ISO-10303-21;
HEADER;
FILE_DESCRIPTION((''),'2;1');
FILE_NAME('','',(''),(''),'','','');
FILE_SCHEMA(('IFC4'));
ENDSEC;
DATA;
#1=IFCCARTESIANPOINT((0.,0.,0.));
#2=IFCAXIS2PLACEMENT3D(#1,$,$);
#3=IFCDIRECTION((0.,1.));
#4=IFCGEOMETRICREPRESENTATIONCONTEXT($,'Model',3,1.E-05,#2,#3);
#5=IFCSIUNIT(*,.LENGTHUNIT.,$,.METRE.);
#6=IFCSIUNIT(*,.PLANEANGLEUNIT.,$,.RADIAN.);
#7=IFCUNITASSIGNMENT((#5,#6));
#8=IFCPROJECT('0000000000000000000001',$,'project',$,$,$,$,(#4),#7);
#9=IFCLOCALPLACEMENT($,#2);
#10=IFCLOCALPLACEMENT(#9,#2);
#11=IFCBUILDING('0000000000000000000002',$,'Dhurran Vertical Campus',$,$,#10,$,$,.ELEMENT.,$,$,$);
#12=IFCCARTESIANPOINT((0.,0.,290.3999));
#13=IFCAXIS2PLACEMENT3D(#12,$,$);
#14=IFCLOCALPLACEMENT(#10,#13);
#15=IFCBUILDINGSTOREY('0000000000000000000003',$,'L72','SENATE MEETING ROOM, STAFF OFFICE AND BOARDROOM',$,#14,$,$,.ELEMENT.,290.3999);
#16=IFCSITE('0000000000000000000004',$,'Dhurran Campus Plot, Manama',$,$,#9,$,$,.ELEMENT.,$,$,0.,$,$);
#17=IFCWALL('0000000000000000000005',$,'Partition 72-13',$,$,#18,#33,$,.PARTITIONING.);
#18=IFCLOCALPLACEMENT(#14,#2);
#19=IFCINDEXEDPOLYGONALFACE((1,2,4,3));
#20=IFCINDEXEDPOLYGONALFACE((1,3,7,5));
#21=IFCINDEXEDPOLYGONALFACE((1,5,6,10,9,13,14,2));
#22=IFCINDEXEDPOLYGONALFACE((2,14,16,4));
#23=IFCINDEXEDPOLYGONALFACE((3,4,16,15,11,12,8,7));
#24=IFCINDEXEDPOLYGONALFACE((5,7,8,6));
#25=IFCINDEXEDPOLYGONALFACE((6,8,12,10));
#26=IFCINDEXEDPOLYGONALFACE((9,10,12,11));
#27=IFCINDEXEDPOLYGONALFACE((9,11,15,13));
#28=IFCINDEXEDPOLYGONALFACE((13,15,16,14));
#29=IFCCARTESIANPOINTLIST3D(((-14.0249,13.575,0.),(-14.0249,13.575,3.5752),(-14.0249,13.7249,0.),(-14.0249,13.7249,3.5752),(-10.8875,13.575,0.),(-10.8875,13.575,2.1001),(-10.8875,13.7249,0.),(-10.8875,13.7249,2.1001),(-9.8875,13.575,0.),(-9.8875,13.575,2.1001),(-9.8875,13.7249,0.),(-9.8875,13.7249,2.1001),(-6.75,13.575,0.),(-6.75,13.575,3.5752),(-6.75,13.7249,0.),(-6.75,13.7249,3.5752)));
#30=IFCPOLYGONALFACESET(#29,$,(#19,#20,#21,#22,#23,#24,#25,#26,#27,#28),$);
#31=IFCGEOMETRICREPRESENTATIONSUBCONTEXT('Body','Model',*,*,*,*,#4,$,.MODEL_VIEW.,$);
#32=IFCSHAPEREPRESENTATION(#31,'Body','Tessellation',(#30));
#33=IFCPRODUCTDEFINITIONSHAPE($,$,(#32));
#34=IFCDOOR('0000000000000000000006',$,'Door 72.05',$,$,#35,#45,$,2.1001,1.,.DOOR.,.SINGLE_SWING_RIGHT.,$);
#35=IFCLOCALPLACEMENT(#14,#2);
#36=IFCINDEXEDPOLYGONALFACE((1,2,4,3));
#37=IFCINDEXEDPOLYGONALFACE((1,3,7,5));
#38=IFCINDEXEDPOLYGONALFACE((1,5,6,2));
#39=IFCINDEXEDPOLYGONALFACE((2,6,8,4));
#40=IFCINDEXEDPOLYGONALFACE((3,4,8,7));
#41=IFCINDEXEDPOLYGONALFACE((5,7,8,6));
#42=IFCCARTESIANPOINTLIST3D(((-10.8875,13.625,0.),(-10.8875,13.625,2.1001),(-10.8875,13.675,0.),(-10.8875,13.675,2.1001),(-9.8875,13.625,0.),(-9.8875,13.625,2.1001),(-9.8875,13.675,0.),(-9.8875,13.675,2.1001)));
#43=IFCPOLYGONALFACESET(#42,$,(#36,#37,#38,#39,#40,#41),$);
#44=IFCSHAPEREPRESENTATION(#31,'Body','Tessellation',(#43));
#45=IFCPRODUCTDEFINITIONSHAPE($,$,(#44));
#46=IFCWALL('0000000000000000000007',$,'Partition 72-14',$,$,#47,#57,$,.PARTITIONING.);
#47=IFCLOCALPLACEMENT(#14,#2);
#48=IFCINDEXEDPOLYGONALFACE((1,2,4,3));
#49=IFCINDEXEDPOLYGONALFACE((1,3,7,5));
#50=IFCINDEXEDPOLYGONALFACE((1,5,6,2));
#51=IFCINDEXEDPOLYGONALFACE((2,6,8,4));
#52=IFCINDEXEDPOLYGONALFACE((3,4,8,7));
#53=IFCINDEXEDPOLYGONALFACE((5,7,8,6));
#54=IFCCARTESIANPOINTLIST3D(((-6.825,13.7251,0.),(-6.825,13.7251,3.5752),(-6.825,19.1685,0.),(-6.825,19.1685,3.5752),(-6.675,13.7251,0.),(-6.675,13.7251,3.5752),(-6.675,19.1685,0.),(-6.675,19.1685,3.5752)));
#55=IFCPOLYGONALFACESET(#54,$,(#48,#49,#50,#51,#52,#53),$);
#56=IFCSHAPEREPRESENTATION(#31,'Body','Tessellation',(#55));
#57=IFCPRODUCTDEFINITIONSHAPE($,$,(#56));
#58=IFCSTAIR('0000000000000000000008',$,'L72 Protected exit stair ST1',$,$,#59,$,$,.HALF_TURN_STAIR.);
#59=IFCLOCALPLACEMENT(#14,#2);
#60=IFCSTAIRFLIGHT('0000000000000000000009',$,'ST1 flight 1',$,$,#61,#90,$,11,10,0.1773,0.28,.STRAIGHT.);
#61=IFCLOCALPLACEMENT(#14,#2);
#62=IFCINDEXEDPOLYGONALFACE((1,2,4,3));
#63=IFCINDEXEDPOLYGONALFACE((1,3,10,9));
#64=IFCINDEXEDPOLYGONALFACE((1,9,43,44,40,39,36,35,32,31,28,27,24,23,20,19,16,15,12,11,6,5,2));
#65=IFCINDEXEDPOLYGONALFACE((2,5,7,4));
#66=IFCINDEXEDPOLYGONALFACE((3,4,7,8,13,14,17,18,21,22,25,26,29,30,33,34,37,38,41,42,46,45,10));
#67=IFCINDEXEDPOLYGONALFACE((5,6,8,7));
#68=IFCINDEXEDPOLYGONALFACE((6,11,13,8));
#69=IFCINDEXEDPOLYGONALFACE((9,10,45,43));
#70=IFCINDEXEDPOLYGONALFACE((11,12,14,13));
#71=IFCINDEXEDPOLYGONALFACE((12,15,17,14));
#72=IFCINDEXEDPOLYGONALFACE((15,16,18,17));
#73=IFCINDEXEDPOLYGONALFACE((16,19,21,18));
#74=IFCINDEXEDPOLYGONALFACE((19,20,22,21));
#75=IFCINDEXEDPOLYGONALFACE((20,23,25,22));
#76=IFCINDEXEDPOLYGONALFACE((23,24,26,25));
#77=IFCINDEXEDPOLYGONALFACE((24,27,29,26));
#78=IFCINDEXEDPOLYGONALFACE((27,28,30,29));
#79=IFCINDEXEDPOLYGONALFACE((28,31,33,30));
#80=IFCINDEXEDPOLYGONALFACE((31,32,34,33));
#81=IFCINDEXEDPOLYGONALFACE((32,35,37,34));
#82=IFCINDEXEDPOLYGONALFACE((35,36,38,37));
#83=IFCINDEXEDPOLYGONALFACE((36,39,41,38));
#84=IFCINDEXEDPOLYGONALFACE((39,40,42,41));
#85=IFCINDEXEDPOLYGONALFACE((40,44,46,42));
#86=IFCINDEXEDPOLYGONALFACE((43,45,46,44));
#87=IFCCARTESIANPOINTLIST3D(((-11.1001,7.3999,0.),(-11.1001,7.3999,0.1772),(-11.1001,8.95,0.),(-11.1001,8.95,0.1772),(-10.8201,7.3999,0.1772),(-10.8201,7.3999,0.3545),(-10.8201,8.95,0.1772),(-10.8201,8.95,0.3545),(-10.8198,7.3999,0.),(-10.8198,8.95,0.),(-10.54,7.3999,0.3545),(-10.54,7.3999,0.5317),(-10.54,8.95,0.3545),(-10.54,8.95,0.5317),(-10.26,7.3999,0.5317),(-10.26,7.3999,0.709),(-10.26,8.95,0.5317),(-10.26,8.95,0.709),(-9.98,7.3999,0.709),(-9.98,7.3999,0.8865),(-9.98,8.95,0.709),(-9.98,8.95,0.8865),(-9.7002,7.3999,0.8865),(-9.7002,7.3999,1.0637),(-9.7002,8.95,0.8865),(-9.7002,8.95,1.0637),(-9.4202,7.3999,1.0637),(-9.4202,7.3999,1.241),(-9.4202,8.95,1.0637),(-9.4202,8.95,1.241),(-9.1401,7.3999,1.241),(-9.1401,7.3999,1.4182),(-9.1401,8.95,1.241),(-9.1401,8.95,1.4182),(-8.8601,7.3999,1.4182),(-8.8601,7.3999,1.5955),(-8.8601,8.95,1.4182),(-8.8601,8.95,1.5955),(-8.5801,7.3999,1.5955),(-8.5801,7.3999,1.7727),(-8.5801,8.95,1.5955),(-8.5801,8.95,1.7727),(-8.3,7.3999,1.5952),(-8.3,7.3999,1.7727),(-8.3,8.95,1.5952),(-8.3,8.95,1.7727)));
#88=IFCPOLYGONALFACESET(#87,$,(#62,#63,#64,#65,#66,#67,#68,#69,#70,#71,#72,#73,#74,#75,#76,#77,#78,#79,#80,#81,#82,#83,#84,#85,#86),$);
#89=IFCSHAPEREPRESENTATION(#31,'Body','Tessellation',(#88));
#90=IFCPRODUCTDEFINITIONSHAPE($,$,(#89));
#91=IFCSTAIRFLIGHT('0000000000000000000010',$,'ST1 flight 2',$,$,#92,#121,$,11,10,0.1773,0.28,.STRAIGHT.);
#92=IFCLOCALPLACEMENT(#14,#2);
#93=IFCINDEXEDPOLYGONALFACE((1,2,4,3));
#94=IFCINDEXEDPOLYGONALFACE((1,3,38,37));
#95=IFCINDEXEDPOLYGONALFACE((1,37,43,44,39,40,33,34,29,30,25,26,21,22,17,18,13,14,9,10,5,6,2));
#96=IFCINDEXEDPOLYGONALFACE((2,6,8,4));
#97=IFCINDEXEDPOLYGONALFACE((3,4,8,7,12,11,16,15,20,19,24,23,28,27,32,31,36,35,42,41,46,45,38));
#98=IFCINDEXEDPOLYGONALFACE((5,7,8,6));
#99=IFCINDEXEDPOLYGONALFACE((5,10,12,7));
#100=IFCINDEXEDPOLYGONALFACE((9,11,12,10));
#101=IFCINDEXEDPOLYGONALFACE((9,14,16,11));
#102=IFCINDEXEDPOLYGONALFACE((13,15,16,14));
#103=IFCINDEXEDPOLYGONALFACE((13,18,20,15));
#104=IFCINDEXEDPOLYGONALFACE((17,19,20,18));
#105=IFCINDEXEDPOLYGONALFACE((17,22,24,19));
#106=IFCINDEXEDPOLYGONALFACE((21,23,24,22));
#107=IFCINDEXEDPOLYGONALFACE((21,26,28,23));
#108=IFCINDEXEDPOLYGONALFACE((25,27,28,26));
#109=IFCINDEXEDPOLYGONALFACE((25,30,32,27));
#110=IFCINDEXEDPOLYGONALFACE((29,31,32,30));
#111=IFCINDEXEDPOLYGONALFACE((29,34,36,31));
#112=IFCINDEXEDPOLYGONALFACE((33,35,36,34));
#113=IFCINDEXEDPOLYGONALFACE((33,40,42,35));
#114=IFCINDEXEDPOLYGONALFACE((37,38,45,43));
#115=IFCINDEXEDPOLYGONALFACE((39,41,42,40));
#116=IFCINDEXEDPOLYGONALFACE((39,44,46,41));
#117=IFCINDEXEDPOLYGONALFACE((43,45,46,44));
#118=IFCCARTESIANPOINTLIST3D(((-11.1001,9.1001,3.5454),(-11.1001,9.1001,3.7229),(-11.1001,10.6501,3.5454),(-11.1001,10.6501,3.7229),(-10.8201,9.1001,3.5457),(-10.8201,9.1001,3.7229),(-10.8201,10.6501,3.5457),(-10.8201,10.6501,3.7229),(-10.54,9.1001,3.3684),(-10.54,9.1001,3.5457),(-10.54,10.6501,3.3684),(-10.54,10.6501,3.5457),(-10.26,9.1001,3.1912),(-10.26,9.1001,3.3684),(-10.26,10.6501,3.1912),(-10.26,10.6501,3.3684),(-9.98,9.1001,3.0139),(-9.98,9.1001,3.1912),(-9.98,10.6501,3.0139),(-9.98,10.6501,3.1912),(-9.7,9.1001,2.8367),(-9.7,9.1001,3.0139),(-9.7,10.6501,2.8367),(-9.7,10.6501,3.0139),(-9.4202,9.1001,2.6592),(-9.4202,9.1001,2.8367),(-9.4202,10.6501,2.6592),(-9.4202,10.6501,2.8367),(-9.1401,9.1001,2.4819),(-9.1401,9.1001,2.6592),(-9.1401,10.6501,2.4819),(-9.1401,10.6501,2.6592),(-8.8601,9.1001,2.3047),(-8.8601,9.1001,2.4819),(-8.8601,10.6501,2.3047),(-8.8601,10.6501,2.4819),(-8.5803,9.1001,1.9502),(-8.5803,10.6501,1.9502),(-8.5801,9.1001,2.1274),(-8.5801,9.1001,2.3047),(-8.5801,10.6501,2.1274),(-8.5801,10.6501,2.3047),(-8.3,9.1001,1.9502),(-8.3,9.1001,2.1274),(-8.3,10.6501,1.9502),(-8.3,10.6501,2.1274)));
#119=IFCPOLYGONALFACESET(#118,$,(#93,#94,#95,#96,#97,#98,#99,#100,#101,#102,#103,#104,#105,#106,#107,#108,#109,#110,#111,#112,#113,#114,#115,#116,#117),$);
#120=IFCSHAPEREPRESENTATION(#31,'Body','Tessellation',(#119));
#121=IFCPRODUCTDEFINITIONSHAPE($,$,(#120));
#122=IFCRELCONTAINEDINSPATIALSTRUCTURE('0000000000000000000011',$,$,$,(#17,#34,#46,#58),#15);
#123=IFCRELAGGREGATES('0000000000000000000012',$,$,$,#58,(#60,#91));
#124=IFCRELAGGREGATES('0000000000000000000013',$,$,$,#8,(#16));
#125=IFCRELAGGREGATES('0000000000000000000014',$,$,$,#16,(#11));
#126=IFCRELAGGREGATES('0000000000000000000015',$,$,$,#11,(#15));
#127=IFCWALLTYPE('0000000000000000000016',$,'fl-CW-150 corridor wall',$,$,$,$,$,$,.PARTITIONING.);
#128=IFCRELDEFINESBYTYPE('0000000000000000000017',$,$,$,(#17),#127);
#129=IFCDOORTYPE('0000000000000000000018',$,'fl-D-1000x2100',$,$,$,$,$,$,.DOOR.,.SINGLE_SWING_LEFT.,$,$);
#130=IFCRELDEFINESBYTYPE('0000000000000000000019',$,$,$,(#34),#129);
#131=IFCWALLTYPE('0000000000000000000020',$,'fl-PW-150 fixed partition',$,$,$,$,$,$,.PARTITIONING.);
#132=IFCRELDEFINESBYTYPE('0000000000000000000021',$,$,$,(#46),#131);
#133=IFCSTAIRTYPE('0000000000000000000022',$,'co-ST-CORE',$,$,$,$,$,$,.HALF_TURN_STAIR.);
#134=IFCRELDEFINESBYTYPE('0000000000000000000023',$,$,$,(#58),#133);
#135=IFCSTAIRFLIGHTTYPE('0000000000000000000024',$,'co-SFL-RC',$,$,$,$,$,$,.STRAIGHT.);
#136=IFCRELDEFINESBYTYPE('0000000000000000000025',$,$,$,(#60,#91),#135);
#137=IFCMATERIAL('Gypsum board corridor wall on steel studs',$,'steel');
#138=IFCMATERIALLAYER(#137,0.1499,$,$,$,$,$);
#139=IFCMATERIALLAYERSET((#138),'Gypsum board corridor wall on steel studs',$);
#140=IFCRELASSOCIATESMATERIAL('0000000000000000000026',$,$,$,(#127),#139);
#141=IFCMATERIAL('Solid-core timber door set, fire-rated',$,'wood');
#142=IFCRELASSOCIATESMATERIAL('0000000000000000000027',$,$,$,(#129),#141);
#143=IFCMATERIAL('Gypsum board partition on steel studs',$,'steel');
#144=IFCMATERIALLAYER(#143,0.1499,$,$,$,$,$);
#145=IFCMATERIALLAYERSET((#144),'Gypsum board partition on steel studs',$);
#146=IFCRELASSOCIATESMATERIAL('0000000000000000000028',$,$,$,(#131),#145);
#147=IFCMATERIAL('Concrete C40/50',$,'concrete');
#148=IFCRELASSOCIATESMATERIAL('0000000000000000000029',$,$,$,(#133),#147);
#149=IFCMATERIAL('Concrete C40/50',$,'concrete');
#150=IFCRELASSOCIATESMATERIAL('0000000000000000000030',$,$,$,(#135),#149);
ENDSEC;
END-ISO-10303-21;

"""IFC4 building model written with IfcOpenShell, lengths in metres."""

from ifc_helpers import new_model, si_unit, direction, frame, frame_2d, origin, place, context, subcontext, project, spatial, polyline, rectangle, outline, extrude, material, layer, layer_set, type_object, element, fill, aggregate, save


model = new_model("IFC4")

# Units and contexts
model_context = context("Model", 3, precision=1e-05, world=origin(), true_north=direction((0.0, 1.0)))
body_context = subcontext(model_context, "Body", "Model", "MODEL_VIEW")
ifc_project = project(units=[si_unit("LENGTHUNIT", "METRE"), si_unit("PLANEANGLEUNIT", "RADIAN")], contexts=[model_context])

# Site, building, storey
site_placement = place(None, origin())
site = spatial("IfcSite", under=ifc_project, at=site_placement, Name="Dhurran Campus Plot, Manama", CompositionType="ELEMENT", RefElevation=0.0)
building_placement = place(site_placement, origin())
building = spatial("IfcBuilding", under=site, at=building_placement, Name="Dhurran Vertical Campus", CompositionType="ELEMENT")
storey_placement = place(building_placement, frame((0.0, 0.0, 290.3999)))
storey = spatial("IfcBuildingStorey", under=building, at=storey_placement, Name="L72", Description="SENATE MEETING ROOM, STAFF OFFICE AND BOARDROOM", CompositionType="ELEMENT", Elevation=290.3999)

# Wall, opening, door
ifc_material_1 = material(Name="Gypsum board corridor wall on steel studs", Category="steel")
ifc_layer_1 = layer(ifc_material_1, 0.1499)
ifc_layer_set_1 = layer_set([ifc_layer_1], Name="Gypsum board corridor wall on steel studs")
wall_type_1 = type_object("IfcWallType", Name="fl-CW-150 corridor wall", PredefinedType="PARTITIONING", material=ifc_layer_set_1)
wall_1_placement = place(storey_placement, frame((-6.75, 13.6499, 0.0), z_axis=(0.0, 0.0, 1.0), x_axis=(-1.0, 0.0, 0.0)))
wall_1 = element("IfcWall", 1, at=wall_1_placement, inside=storey, type_object=wall_type_1, Name="Partition 72-13", PredefinedType="PARTITIONING", context=body_context, shape_type="SweptSolid", body=[
    extrude(rectangle(XDim=7.2749, YDim=0.1499, at=frame_2d((3.6375, 0.0))), origin(), (0.0, 0.0, 1.0), 3.5752),
])
opening_1_placement = place(wall_1_placement, frame((3.1375, 0.0, 0.0)))
opening_1 = element("IfcOpeningElement", 2, at=opening_1_placement, cuts=wall_1, PredefinedType="OPENING", context=body_context, shape_type="SweptSolid", body=[
    extrude(rectangle(XDim=1.0, YDim=2.1001, at=frame_2d((0.5, 1.05))), frame((0.0, 0.085, 0.0), z_axis=(0.0, -1.0, 0.0), x_axis=(1.0, 0.0, 0.0)), (0.0, 0.0, 1.0), 0.1699),
])
ifc_material_2 = material(Name="Solid-core timber door set, fire-rated", Category="wood")
door_type_1 = type_object("IfcDoorType", Name="fl-D-1000x2100", OperationType="SINGLE_SWING_LEFT", PredefinedType="DOOR", material=ifc_material_2)
door_1_placement = place(opening_1_placement, origin())
door_1 = element("IfcDoor", 3, at=door_1_placement, inside=storey, type_object=door_type_1, Name="Door 72.05", OperationType="SINGLE_SWING_RIGHT", OverallHeight=2.1001, OverallWidth=1.0, PredefinedType="DOOR", context=body_context, shape_type="SweptSolid", body=[
    extrude(rectangle(XDim=1.0, YDim=2.1001, at=frame_2d((0.5, 1.05))), frame((0.0, 0.0249, 0.0), z_axis=(0.0, -1.0, 0.0), x_axis=(1.0, 0.0, 0.0)), (0.0, 0.0, 1.0), 0.05),
])
fill(opening_1, door_1)

# Wall
ifc_material_3 = material(Name="Gypsum board partition on steel studs", Category="steel")
ifc_layer_2 = layer(ifc_material_3, 0.1499)
ifc_layer_set_2 = layer_set([ifc_layer_2], Name="Gypsum board partition on steel studs")
wall_type_2 = type_object("IfcWallType", Name="fl-PW-150 fixed partition", PredefinedType="PARTITIONING", material=ifc_layer_set_2)
wall_2_placement = place(storey_placement, frame((-6.75, 19.1685, 0.0), z_axis=(0.0, 0.0, 1.0), x_axis=(0.0, -1.0, 0.0)))
element("IfcWall", 4, at=wall_2_placement, inside=storey, type_object=wall_type_2, Name="Partition 72-14", PredefinedType="PARTITIONING", context=body_context, shape_type="SweptSolid", body=[
    extrude(rectangle(XDim=5.4434, YDim=0.1499, at=frame_2d((2.7217, 0.0))), origin(), (0.0, 0.0, 1.0), 3.5752),
])

# Stair, stair flights
ifc_material_4 = material(Name="Concrete C40/50", Category="concrete")
stair_type = type_object("IfcStairType", Name="co-ST-CORE", PredefinedType="HALF_TURN_STAIR", material=ifc_material_4)
stair_placement = place(storey_placement, origin())
stair = element("IfcStair", 5, at=stair_placement, inside=storey, type_object=stair_type, Name="L72 Protected exit stair ST1", PredefinedType="HALF_TURN_STAIR")
ifc_material_5 = material(Name="Concrete C40/50", Category="concrete")
stair_flight_type = type_object("IfcStairFlightType", Name="co-SFL-RC", PredefinedType="STRAIGHT", material=ifc_material_5)
stair_flight_1_placement = place(storey_placement, frame((-11.1001, 8.175, 0.0), z_axis=(0.0, 0.0, 1.0), x_axis=(1.0, 0.0, 0.0)))
stair_flight_1 = element("IfcStairFlight", 6, at=stair_flight_1_placement, type_object=stair_flight_type, Name="ST1 flight 1", NumberOfRisers=11, NumberOfTreads=10, PredefinedType="STRAIGHT", RiserHeight=0.1773, TreadLength=0.28, context=body_context, shape_type="SweptSolid", body=[
    extrude(outline(polyline([(0.0, 0.0), (0.0, 0.1772), (0.28, 0.1772), (0.28, 0.3545), (0.5601, 0.3545), (0.5601, 0.5317), (0.8401, 0.5317), (0.8401, 0.709), (1.1201, 0.709), (1.1201, 0.8865), (1.3999, 0.8865), (1.3999, 1.0637), (1.6799, 1.0637), (1.6799, 1.241), (1.96, 1.241), (1.96, 1.4182), (2.24, 1.4182), (2.24, 1.5955), (2.52, 1.5955), (2.52, 1.7727), (2.8, 1.7727), (2.8, 1.95), (2.8, 1.5952), (0.2803, 0.0), (0.0, 0.0)])), frame((0.0, 0.7749, 0.0), z_axis=(0.0, -1.0, 0.0), x_axis=(1.0, 0.0, 0.0)), (0.0, 0.0, 1.0), 1.55),
])
stair_flight_2_placement = place(storey_placement, frame((-8.3, 9.875, 1.9502), z_axis=(0.0, 0.0, 1.0), x_axis=(-1.0, 0.0, 0.0)))
stair_flight_2 = element("IfcStairFlight", 7, at=stair_flight_2_placement, type_object=stair_flight_type, Name="ST1 flight 2", NumberOfRisers=11, NumberOfTreads=10, PredefinedType="STRAIGHT", RiserHeight=0.1773, TreadLength=0.28, context=body_context, shape_type="SweptSolid", body=[
    extrude(outline(polyline([(0.0, 0.0), (0.0, 0.1772), (0.28, 0.1772), (0.28, 0.3545), (0.5601, 0.3545), (0.5601, 0.5317), (0.8401, 0.5317), (0.8401, 0.709), (1.1201, 0.709), (1.1201, 0.8865), (1.3999, 0.8865), (1.3999, 1.0637), (1.6799, 1.0637), (1.6799, 1.241), (1.96, 1.241), (1.96, 1.4182), (2.24, 1.4182), (2.24, 1.5955), (2.52, 1.5955), (2.52, 1.7727), (2.8, 1.7727), (2.8, 1.95), (2.8, 1.5952), (0.2803, 0.0), (0.0, 0.0)])), frame((0.0, 0.7749, 0.0), z_axis=(0.0, -1.0, 0.0), x_axis=(1.0, 0.0, 0.0)), (0.0, 0.0, 1.0), 1.55),
])
aggregate(stair, [stair_flight_1, stair_flight_2])

save(model, "model.ifc")
